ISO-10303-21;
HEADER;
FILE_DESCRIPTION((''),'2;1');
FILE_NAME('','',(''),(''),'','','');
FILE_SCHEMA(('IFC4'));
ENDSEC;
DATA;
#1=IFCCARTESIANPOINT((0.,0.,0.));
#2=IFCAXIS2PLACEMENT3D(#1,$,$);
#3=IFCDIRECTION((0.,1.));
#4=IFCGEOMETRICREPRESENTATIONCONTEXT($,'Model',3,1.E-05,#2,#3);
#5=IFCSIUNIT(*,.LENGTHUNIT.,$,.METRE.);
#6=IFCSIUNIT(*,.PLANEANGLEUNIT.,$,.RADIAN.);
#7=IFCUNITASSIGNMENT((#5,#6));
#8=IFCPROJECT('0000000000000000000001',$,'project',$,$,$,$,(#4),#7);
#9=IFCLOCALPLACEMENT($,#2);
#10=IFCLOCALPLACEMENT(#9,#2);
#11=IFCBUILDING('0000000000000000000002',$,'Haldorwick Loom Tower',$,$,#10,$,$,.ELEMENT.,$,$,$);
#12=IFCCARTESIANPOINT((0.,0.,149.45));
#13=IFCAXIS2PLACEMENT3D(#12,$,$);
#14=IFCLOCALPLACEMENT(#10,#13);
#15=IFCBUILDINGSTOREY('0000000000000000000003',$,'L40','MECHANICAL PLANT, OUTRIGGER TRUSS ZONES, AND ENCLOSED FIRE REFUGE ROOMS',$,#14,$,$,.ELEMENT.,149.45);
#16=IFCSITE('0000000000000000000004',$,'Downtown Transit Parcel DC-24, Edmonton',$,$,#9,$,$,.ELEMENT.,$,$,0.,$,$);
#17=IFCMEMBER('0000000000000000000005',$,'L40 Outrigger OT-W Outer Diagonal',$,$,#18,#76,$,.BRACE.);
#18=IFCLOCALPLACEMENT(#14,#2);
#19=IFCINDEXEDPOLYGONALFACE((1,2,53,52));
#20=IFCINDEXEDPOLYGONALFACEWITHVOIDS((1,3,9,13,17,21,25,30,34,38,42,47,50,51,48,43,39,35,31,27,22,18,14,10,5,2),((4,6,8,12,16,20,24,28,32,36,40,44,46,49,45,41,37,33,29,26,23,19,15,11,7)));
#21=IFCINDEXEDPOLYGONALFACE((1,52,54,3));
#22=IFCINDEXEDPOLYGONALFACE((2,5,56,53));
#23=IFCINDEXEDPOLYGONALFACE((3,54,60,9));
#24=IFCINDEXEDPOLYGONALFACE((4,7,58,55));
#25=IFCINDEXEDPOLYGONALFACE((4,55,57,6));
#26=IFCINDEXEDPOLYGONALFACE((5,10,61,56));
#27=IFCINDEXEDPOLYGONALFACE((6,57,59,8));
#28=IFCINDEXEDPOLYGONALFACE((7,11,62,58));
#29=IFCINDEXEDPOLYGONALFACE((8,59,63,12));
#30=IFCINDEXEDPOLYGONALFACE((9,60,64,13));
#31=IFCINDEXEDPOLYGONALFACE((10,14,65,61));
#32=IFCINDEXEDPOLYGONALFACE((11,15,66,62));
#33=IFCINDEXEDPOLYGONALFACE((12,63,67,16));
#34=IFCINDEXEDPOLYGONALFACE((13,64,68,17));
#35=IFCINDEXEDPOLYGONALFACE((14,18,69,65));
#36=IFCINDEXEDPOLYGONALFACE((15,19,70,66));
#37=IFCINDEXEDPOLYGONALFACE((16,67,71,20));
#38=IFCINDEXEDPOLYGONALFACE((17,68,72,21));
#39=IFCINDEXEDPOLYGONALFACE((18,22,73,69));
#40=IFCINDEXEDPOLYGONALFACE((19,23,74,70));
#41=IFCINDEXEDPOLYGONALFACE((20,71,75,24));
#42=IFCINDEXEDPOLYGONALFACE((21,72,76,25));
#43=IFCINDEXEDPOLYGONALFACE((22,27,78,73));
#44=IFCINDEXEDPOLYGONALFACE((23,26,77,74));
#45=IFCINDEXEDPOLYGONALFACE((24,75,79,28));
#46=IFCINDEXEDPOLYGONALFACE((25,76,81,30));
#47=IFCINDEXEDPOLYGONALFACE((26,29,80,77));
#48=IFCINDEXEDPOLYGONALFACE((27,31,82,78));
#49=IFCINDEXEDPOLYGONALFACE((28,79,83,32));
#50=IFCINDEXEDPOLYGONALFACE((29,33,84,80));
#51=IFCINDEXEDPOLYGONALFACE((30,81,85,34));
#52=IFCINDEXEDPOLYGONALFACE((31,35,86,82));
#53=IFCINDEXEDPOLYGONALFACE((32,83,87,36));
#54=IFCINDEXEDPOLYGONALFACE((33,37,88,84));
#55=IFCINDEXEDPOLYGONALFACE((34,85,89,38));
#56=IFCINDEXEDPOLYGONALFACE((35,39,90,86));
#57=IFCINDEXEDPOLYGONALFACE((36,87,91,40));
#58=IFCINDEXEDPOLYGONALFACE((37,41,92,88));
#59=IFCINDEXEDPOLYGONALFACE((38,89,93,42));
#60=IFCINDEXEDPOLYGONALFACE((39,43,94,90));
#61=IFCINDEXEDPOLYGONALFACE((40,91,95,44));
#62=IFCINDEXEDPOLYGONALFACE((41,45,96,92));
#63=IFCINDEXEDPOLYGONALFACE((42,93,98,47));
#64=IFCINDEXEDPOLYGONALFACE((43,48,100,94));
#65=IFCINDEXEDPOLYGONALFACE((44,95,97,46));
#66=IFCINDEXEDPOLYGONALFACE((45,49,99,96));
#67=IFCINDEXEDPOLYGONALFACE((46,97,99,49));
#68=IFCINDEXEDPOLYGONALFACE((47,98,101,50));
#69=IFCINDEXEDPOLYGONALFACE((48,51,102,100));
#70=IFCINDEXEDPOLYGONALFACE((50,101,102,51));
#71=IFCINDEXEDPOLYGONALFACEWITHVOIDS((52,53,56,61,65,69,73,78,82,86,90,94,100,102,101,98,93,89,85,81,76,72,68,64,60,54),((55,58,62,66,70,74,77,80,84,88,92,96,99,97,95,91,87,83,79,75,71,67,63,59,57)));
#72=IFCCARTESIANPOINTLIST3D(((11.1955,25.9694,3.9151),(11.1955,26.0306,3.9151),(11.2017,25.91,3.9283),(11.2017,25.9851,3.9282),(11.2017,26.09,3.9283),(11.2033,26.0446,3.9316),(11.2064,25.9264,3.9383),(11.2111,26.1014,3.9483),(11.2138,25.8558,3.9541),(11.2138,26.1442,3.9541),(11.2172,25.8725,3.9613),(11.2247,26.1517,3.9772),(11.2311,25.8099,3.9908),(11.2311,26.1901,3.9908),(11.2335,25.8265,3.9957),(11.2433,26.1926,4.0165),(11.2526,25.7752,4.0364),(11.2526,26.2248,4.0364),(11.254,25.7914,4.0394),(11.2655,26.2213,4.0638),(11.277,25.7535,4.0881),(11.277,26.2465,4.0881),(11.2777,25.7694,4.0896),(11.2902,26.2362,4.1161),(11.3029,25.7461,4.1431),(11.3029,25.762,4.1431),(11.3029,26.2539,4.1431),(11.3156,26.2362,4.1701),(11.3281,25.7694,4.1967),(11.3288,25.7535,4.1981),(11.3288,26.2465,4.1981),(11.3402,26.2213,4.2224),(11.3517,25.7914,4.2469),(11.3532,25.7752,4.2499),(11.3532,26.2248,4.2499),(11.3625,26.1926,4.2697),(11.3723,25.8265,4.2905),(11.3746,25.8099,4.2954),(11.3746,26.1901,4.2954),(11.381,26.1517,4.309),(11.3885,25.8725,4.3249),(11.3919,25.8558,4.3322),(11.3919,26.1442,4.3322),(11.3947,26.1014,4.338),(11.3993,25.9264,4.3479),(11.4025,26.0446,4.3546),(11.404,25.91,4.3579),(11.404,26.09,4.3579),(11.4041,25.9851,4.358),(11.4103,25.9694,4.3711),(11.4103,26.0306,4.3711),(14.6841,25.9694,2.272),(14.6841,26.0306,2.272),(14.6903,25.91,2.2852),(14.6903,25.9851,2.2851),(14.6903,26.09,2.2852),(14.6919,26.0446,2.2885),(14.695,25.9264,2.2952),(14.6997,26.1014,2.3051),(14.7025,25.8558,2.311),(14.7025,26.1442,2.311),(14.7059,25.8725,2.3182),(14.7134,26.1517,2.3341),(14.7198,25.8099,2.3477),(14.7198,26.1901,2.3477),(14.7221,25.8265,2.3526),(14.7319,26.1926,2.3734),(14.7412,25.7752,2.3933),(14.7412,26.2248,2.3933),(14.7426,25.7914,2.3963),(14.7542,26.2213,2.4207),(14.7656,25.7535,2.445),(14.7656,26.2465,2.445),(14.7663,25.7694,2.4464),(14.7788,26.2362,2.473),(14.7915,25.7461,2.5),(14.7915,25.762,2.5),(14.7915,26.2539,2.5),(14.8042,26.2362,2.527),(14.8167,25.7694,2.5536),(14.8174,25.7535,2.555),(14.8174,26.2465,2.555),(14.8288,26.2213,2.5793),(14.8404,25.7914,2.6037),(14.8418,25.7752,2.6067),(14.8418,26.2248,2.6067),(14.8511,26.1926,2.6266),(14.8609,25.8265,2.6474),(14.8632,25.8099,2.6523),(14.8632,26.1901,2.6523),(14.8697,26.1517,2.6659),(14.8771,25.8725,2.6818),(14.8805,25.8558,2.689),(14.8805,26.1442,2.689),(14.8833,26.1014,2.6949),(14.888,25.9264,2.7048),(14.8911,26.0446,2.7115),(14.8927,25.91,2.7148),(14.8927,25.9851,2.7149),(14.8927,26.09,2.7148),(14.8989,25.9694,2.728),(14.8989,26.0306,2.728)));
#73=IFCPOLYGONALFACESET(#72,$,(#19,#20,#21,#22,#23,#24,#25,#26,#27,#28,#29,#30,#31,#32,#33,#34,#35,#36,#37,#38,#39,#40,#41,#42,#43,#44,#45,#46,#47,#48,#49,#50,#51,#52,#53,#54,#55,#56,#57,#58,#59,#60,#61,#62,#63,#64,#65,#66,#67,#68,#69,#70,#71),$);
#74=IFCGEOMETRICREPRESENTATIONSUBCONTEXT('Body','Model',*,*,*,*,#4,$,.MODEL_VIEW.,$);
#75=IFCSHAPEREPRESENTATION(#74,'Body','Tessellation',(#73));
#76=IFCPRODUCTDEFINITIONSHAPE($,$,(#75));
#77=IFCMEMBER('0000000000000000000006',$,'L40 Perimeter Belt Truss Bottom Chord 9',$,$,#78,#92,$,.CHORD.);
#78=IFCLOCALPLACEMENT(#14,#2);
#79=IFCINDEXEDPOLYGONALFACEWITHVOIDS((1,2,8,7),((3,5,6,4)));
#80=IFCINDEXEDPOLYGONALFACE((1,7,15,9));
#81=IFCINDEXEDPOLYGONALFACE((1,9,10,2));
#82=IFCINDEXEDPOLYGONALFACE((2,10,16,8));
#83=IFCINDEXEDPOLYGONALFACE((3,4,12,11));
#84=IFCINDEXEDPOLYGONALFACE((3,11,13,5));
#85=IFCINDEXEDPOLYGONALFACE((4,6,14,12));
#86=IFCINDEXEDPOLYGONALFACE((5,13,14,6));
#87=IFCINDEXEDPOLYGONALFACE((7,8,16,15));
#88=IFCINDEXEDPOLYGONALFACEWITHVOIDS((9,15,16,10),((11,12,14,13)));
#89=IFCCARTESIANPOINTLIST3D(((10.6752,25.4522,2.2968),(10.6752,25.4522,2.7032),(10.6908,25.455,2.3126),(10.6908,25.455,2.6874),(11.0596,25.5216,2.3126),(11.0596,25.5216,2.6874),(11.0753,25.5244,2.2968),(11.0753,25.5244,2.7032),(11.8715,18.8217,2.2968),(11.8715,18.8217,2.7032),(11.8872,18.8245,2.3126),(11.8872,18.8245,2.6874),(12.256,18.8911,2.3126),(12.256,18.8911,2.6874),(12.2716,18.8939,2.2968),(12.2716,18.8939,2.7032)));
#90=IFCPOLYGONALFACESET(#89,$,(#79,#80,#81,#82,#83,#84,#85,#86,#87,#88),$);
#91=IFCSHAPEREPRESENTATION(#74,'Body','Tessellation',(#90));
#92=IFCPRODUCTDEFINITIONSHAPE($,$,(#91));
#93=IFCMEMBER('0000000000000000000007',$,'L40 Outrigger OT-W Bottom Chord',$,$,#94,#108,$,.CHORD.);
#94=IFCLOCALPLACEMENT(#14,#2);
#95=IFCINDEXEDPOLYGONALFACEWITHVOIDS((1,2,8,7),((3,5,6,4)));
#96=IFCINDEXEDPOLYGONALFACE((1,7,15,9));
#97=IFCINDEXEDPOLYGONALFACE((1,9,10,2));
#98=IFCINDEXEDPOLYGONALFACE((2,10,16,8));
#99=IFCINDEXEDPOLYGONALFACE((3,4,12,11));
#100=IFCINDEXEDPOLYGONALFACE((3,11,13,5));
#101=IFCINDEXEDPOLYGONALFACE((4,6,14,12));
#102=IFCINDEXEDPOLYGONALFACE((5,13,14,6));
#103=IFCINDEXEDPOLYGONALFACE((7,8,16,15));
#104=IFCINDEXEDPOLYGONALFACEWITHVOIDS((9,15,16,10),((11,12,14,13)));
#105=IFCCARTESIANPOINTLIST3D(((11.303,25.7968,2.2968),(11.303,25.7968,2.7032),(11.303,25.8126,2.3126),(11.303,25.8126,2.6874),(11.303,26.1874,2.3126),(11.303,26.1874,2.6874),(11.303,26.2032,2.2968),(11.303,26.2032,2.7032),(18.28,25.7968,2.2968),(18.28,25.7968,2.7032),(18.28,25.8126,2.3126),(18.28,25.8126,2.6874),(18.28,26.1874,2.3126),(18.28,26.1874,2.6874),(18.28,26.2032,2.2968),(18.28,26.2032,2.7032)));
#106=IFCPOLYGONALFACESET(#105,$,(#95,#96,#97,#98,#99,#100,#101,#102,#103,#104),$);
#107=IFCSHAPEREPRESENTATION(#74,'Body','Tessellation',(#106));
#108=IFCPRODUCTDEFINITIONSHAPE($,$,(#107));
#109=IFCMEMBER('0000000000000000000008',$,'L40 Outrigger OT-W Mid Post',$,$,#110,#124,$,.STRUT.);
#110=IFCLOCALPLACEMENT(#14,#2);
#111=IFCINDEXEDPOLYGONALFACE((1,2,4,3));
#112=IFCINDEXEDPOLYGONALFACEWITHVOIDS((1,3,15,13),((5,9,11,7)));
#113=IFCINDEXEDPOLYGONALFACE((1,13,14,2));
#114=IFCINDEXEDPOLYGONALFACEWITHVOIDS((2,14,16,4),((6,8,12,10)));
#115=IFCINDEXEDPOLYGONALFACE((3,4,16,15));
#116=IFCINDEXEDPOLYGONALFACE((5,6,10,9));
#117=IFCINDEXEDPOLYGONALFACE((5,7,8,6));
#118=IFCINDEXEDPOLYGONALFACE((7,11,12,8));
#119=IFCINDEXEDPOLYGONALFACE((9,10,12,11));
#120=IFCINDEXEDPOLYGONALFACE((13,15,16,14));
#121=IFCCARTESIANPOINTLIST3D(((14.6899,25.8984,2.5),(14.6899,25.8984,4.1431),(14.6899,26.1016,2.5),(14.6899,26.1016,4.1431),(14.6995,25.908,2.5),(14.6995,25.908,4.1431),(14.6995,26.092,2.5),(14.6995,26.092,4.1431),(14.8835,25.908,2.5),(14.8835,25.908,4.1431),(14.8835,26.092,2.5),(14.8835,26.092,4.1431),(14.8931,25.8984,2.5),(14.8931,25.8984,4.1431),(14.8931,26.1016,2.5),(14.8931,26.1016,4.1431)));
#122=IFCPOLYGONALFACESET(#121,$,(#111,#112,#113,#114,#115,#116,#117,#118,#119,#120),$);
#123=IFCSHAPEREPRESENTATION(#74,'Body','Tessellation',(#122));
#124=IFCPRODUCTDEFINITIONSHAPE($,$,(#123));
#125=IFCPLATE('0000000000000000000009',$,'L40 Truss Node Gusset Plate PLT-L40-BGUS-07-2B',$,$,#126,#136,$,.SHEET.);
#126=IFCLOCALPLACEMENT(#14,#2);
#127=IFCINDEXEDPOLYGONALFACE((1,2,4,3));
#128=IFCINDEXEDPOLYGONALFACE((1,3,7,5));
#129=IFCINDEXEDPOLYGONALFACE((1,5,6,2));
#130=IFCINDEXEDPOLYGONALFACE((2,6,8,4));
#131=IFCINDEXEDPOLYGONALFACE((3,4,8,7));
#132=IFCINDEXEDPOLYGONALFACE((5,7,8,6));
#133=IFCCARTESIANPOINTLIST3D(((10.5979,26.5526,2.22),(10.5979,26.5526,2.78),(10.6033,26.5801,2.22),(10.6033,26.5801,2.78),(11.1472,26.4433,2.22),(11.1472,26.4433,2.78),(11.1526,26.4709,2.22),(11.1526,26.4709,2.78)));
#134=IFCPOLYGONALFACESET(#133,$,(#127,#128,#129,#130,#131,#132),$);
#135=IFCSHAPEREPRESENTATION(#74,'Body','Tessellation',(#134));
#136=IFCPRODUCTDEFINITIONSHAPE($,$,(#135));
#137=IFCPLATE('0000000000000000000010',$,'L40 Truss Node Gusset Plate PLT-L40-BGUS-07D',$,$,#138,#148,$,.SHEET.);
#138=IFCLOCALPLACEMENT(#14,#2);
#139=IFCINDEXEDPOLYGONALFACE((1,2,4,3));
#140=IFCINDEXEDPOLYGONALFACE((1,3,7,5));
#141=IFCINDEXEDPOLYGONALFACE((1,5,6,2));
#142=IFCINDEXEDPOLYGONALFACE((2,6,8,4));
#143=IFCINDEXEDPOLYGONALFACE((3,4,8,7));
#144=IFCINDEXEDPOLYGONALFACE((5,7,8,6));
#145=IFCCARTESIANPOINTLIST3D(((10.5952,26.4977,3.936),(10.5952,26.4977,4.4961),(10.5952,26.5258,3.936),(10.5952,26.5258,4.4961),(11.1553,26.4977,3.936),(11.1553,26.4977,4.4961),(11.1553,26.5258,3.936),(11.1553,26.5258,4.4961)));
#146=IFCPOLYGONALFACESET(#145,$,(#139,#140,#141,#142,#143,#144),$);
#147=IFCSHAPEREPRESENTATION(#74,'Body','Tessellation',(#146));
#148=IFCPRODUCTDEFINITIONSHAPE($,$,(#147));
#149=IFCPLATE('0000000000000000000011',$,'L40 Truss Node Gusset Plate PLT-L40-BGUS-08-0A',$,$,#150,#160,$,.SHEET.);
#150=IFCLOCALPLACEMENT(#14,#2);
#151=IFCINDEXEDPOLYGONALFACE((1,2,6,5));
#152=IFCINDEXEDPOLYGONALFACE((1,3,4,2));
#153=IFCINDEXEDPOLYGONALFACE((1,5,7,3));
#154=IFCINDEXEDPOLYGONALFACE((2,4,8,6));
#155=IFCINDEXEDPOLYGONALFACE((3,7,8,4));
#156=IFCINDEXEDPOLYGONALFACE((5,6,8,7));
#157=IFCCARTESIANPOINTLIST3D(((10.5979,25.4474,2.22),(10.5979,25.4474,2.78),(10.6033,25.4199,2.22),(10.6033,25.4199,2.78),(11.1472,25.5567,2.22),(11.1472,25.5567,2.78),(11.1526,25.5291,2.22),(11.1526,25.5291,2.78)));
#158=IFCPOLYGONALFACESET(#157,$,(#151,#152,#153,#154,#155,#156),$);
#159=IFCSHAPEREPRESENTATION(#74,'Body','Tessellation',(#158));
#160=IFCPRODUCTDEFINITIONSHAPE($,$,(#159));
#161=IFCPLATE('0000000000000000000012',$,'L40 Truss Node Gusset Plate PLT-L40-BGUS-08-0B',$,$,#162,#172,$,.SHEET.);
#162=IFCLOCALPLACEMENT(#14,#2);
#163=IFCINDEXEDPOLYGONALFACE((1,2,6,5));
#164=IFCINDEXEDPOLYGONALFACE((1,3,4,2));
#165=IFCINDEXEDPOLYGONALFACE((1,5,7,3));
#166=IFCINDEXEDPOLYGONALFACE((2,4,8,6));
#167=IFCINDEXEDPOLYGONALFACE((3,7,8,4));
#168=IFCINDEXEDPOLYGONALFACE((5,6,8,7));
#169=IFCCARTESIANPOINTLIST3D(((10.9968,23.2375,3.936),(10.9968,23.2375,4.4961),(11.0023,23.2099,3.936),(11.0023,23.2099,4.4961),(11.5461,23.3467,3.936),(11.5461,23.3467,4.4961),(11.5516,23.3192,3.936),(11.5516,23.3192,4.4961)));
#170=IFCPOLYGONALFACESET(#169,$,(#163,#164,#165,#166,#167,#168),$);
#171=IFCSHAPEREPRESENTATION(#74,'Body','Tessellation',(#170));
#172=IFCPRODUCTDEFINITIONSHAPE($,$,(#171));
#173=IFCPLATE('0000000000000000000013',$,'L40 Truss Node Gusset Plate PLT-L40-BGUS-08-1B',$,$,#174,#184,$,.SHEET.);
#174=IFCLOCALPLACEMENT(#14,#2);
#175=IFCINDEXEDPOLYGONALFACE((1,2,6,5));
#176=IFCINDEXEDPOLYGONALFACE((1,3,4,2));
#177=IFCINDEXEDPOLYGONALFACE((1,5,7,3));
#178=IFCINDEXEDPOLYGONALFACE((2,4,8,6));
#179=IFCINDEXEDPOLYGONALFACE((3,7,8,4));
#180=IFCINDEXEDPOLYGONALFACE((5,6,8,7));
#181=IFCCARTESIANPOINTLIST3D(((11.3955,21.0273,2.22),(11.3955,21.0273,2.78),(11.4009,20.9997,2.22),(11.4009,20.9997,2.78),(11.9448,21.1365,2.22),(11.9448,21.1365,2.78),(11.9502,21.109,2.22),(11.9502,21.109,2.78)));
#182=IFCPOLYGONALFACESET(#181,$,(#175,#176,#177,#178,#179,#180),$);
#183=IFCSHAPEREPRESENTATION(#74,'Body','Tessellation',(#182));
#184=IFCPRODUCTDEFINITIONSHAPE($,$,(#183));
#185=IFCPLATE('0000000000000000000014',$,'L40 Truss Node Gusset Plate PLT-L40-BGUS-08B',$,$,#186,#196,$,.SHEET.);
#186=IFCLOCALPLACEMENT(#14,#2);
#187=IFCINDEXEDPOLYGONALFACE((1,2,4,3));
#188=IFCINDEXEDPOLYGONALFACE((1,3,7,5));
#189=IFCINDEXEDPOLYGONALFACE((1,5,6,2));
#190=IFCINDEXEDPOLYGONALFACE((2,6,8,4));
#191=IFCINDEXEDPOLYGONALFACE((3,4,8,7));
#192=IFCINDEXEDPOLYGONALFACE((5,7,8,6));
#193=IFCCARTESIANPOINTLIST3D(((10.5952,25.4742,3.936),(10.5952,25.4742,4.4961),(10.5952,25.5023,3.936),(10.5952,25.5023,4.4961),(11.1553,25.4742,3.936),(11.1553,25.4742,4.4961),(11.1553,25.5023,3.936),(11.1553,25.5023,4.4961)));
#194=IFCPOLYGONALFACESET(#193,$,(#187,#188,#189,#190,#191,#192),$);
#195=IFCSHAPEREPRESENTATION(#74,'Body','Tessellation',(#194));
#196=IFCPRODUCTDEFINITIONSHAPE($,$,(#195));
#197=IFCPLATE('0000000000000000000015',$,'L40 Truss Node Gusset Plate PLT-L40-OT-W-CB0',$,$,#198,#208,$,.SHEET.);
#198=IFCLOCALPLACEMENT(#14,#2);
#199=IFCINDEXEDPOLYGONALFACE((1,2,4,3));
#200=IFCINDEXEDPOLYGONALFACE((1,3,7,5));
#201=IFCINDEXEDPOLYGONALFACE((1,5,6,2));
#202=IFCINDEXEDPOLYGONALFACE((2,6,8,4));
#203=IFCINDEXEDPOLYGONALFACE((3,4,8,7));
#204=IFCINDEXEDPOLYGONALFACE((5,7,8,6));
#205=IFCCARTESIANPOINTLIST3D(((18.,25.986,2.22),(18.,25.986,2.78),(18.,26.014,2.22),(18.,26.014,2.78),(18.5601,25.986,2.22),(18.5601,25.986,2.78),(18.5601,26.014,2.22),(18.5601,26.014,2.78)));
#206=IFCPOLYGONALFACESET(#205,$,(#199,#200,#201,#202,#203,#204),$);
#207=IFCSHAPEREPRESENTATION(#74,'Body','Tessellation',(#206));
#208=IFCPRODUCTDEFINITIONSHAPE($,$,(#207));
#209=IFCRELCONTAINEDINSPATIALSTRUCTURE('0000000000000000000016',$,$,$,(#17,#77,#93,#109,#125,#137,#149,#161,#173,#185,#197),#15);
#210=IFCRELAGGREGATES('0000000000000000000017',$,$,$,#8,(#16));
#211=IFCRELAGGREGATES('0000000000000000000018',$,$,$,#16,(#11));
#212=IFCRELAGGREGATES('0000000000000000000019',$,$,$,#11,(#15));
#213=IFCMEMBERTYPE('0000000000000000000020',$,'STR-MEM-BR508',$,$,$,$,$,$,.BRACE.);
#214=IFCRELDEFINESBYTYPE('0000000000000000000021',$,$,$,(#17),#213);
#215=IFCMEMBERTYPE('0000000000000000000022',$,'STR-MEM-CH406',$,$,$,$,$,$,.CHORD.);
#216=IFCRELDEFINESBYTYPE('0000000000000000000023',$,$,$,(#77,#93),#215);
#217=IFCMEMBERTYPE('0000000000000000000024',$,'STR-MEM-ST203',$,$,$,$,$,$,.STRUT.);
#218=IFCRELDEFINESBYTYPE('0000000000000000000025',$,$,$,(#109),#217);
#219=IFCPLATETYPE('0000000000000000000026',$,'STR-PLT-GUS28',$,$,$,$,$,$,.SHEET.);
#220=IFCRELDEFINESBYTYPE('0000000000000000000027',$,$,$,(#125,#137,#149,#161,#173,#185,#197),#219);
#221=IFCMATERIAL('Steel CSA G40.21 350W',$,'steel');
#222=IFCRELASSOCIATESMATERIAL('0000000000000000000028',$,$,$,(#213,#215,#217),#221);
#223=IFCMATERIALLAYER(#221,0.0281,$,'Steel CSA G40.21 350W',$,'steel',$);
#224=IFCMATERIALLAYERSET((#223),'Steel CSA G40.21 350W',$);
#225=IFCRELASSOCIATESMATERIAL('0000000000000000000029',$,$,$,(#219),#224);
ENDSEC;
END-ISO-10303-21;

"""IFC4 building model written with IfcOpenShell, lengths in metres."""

from ifc_helpers import new_model, si_unit, direction, frame, origin, origin_2d, place, context, subcontext, project, spatial, rectangle, hollow_rectangle, hollow_circle, extrude, material, layer, layer_set, material_profile, profile_set, type_object, element, save


model = new_model("IFC4")

# Units and contexts
model_context = context("Model", 3, precision=1e-05, world=origin(), true_north=direction((0.0, 1.0)))
body_context = subcontext(model_context, "Body", "Model", "MODEL_VIEW")
ifc_project = project(units=[si_unit("LENGTHUNIT", "METRE"), si_unit("PLANEANGLEUNIT", "RADIAN")], contexts=[model_context])

# Site, building, storey
site_placement = place(None, origin())
site = spatial("IfcSite", under=ifc_project, at=site_placement, Name="Downtown Transit Parcel DC-24, Edmonton", CompositionType="ELEMENT", RefElevation=0.0)
building_placement = place(site_placement, origin())
building = spatial("IfcBuilding", under=site, at=building_placement, Name="Haldorwick Loom Tower", CompositionType="ELEMENT")
storey_placement = place(building_placement, frame((0.0, 0.0, 149.45)))
storey = spatial("IfcBuildingStorey", under=building, at=storey_placement, Name="L40", Description="MECHANICAL PLANT, OUTRIGGER TRUSS ZONES, AND ENCLOSED FIRE REFUGE ROOMS", CompositionType="ELEMENT", Elevation=149.45)

# Shared definitions
ifc_material_1 = material(Name="Steel CSA G40.21 350W", Category="steel")

# Members
ifc_material_profile_1 = material_profile(ifc_material_1, hollow_circle(Radius=0.2539, WallThickness=0.0159, at=origin_2d()), Name="HSS508X16", Category="steel")
ifc_profile_set_1 = profile_set([ifc_material_profile_1], Name="Steel CSA G40.21 350W")
member_type_1 = type_object("IfcMemberType", Name="STR-MEM-BR508", PredefinedType="BRACE", material=ifc_profile_set_1)
for number, where, z_axis, x_axis, name in (
    (1, (14.7915, 26.0, 2.5), (-0.904678, 0.0, 0.426096), (0.0, -1.0, 0.0), "L40 Outrigger OT-W Outer Diagonal"),
):
    element("IfcMember", number, at=place(storey_placement, frame(where, z_axis=z_axis, x_axis=x_axis)), inside=storey, type_object=member_type_1, Name=name, PredefinedType="BRACE", context=body_context, shape_type="SweptSolid", body=[
        extrude(hollow_circle(Radius=0.2539, WallThickness=0.0159, at=origin_2d()), origin(), (0.0, 0.0, 1.0), 3.8562),
    ])
ifc_material_profile_2 = material_profile(ifc_material_1, hollow_rectangle(XDim=0.4065, YDim=0.4065, WallThickness=0.0159, at=origin_2d()), Name="HSS406X406X16", Category="steel")
ifc_profile_set_2 = profile_set([ifc_material_profile_2], Name="Steel CSA G40.21 350W")
member_type_2 = type_object("IfcMemberType", Name="STR-MEM-CH406", PredefinedType="CHORD", material=ifc_profile_set_2)
member_1_placement = place(storey_placement, frame((10.8752, 25.4883, 2.5), z_axis=(0.177559, -0.98411, 0.0), x_axis=(0.98411, 0.177559, 0.0)))
element("IfcMember", 2, at=member_1_placement, inside=storey, type_object=member_type_2, Name="L40 Perimeter Belt Truss Bottom Chord 9", PredefinedType="CHORD", context=body_context, shape_type="SweptSolid", body=[
    extrude(hollow_rectangle(XDim=0.4065, YDim=0.4065, WallThickness=0.0159, at=origin_2d()), origin(), (0.0, 0.0, 1.0), 6.7375),
])
member_2_placement = place(storey_placement, frame((18.28, 26.0, 2.5), z_axis=(-1.0, 0.0, 0.0), x_axis=(0.0, -1.0, 0.0)))
element("IfcMember", 3, at=member_2_placement, inside=storey, type_object=member_type_2, Name="L40 Outrigger OT-W Bottom Chord", PredefinedType="CHORD", context=body_context, shape_type="SweptSolid", body=[
    extrude(hollow_rectangle(XDim=0.4065, YDim=0.4065, WallThickness=0.0159, at=origin_2d()), origin(), (0.0, 0.0, 1.0), 6.9771),
])
ifc_material_profile_3 = material_profile(ifc_material_1, hollow_rectangle(XDim=0.2031, YDim=0.2031, WallThickness=0.0095, at=origin_2d()), Name="HSS203X203X10", Category="steel")
ifc_profile_set_3 = profile_set([ifc_material_profile_3], Name="Steel CSA G40.21 350W")
member_type_3 = type_object("IfcMemberType", Name="STR-MEM-ST203", PredefinedType="STRUT", material=ifc_profile_set_3)
member_3_placement = place(storey_placement, frame((14.7915, 26.0, 2.5), z_axis=(0.0, 0.0, 1.0), x_axis=(1.0, 0.0, 0.0)))
element("IfcMember", 4, at=member_3_placement, inside=storey, type_object=member_type_3, Name="L40 Outrigger OT-W Mid Post", PredefinedType="STRUT", context=body_context, shape_type="SweptSolid", body=[
    extrude(hollow_rectangle(XDim=0.2031, YDim=0.2031, WallThickness=0.0095, at=origin_2d()), origin(), (0.0, 0.0, 1.0), 1.6431),
])

# Plates
ifc_layer_1 = layer(ifc_material_1, 0.0281, Name="Steel CSA G40.21 350W", Category="steel")
ifc_layer_set_1 = layer_set([ifc_layer_1], Name="Steel CSA G40.21 350W")
plate_type = type_object("IfcPlateType", Name="STR-PLT-GUS28", PredefinedType="SHEET", material=ifc_layer_set_1)
for number, where, z_axis, x_axis, name in (
    (5, (10.8752, 26.5117, 2.22), (0.0, 0.0, 1.0), (-0.980785, 0.19509, 0.0), "L40 Truss Node Gusset Plate PLT-L40-BGUS-07-2B"),
    (6, (10.8752, 26.5117, 3.936), (0.0, 0.0, 1.0), (-1.0, 0.0, 0.0), "L40 Truss Node Gusset Plate PLT-L40-BGUS-07D"),
    (7, (10.8752, 25.4883, 2.22), (0.0, 0.0, 1.0), (-0.980785, -0.19509, 0.0), "L40 Truss Node Gusset Plate PLT-L40-BGUS-08-0A"),
    (8, (11.2742, 23.2783, 3.936), (0.0, 0.0, 1.0), (-0.980785, -0.19509, 0.0), "L40 Truss Node Gusset Plate PLT-L40-BGUS-08-0B"),
    (9, (11.6729, 21.0681, 2.22), (0.0, 0.0, 1.0), (-0.980785, -0.19509, 0.0), "L40 Truss Node Gusset Plate PLT-L40-BGUS-08-1B"),
    (10, (10.8752, 25.4883, 3.936), (0.0, 0.0, 1.0), (-1.0, 0.0, 0.0), "L40 Truss Node Gusset Plate PLT-L40-BGUS-08B"),
    (11, (18.28, 26.0, 2.22), (0.0, 0.0, 1.0), (-1.0, 0.0, 0.0), "L40 Truss Node Gusset Plate PLT-L40-OT-W-CB0"),
):
    element("IfcPlate", number, at=place(storey_placement, frame(where, z_axis=z_axis, x_axis=x_axis)), inside=storey, type_object=plate_type, Name=name, PredefinedType="SHEET", context=body_context, shape_type="SweptSolid", body=[
        extrude(rectangle(XDim=0.5601, YDim=0.0281, at=origin_2d()), origin(), (0.0, 0.0, 1.0), 0.5601),
    ])

save(model, "model.ifc")
